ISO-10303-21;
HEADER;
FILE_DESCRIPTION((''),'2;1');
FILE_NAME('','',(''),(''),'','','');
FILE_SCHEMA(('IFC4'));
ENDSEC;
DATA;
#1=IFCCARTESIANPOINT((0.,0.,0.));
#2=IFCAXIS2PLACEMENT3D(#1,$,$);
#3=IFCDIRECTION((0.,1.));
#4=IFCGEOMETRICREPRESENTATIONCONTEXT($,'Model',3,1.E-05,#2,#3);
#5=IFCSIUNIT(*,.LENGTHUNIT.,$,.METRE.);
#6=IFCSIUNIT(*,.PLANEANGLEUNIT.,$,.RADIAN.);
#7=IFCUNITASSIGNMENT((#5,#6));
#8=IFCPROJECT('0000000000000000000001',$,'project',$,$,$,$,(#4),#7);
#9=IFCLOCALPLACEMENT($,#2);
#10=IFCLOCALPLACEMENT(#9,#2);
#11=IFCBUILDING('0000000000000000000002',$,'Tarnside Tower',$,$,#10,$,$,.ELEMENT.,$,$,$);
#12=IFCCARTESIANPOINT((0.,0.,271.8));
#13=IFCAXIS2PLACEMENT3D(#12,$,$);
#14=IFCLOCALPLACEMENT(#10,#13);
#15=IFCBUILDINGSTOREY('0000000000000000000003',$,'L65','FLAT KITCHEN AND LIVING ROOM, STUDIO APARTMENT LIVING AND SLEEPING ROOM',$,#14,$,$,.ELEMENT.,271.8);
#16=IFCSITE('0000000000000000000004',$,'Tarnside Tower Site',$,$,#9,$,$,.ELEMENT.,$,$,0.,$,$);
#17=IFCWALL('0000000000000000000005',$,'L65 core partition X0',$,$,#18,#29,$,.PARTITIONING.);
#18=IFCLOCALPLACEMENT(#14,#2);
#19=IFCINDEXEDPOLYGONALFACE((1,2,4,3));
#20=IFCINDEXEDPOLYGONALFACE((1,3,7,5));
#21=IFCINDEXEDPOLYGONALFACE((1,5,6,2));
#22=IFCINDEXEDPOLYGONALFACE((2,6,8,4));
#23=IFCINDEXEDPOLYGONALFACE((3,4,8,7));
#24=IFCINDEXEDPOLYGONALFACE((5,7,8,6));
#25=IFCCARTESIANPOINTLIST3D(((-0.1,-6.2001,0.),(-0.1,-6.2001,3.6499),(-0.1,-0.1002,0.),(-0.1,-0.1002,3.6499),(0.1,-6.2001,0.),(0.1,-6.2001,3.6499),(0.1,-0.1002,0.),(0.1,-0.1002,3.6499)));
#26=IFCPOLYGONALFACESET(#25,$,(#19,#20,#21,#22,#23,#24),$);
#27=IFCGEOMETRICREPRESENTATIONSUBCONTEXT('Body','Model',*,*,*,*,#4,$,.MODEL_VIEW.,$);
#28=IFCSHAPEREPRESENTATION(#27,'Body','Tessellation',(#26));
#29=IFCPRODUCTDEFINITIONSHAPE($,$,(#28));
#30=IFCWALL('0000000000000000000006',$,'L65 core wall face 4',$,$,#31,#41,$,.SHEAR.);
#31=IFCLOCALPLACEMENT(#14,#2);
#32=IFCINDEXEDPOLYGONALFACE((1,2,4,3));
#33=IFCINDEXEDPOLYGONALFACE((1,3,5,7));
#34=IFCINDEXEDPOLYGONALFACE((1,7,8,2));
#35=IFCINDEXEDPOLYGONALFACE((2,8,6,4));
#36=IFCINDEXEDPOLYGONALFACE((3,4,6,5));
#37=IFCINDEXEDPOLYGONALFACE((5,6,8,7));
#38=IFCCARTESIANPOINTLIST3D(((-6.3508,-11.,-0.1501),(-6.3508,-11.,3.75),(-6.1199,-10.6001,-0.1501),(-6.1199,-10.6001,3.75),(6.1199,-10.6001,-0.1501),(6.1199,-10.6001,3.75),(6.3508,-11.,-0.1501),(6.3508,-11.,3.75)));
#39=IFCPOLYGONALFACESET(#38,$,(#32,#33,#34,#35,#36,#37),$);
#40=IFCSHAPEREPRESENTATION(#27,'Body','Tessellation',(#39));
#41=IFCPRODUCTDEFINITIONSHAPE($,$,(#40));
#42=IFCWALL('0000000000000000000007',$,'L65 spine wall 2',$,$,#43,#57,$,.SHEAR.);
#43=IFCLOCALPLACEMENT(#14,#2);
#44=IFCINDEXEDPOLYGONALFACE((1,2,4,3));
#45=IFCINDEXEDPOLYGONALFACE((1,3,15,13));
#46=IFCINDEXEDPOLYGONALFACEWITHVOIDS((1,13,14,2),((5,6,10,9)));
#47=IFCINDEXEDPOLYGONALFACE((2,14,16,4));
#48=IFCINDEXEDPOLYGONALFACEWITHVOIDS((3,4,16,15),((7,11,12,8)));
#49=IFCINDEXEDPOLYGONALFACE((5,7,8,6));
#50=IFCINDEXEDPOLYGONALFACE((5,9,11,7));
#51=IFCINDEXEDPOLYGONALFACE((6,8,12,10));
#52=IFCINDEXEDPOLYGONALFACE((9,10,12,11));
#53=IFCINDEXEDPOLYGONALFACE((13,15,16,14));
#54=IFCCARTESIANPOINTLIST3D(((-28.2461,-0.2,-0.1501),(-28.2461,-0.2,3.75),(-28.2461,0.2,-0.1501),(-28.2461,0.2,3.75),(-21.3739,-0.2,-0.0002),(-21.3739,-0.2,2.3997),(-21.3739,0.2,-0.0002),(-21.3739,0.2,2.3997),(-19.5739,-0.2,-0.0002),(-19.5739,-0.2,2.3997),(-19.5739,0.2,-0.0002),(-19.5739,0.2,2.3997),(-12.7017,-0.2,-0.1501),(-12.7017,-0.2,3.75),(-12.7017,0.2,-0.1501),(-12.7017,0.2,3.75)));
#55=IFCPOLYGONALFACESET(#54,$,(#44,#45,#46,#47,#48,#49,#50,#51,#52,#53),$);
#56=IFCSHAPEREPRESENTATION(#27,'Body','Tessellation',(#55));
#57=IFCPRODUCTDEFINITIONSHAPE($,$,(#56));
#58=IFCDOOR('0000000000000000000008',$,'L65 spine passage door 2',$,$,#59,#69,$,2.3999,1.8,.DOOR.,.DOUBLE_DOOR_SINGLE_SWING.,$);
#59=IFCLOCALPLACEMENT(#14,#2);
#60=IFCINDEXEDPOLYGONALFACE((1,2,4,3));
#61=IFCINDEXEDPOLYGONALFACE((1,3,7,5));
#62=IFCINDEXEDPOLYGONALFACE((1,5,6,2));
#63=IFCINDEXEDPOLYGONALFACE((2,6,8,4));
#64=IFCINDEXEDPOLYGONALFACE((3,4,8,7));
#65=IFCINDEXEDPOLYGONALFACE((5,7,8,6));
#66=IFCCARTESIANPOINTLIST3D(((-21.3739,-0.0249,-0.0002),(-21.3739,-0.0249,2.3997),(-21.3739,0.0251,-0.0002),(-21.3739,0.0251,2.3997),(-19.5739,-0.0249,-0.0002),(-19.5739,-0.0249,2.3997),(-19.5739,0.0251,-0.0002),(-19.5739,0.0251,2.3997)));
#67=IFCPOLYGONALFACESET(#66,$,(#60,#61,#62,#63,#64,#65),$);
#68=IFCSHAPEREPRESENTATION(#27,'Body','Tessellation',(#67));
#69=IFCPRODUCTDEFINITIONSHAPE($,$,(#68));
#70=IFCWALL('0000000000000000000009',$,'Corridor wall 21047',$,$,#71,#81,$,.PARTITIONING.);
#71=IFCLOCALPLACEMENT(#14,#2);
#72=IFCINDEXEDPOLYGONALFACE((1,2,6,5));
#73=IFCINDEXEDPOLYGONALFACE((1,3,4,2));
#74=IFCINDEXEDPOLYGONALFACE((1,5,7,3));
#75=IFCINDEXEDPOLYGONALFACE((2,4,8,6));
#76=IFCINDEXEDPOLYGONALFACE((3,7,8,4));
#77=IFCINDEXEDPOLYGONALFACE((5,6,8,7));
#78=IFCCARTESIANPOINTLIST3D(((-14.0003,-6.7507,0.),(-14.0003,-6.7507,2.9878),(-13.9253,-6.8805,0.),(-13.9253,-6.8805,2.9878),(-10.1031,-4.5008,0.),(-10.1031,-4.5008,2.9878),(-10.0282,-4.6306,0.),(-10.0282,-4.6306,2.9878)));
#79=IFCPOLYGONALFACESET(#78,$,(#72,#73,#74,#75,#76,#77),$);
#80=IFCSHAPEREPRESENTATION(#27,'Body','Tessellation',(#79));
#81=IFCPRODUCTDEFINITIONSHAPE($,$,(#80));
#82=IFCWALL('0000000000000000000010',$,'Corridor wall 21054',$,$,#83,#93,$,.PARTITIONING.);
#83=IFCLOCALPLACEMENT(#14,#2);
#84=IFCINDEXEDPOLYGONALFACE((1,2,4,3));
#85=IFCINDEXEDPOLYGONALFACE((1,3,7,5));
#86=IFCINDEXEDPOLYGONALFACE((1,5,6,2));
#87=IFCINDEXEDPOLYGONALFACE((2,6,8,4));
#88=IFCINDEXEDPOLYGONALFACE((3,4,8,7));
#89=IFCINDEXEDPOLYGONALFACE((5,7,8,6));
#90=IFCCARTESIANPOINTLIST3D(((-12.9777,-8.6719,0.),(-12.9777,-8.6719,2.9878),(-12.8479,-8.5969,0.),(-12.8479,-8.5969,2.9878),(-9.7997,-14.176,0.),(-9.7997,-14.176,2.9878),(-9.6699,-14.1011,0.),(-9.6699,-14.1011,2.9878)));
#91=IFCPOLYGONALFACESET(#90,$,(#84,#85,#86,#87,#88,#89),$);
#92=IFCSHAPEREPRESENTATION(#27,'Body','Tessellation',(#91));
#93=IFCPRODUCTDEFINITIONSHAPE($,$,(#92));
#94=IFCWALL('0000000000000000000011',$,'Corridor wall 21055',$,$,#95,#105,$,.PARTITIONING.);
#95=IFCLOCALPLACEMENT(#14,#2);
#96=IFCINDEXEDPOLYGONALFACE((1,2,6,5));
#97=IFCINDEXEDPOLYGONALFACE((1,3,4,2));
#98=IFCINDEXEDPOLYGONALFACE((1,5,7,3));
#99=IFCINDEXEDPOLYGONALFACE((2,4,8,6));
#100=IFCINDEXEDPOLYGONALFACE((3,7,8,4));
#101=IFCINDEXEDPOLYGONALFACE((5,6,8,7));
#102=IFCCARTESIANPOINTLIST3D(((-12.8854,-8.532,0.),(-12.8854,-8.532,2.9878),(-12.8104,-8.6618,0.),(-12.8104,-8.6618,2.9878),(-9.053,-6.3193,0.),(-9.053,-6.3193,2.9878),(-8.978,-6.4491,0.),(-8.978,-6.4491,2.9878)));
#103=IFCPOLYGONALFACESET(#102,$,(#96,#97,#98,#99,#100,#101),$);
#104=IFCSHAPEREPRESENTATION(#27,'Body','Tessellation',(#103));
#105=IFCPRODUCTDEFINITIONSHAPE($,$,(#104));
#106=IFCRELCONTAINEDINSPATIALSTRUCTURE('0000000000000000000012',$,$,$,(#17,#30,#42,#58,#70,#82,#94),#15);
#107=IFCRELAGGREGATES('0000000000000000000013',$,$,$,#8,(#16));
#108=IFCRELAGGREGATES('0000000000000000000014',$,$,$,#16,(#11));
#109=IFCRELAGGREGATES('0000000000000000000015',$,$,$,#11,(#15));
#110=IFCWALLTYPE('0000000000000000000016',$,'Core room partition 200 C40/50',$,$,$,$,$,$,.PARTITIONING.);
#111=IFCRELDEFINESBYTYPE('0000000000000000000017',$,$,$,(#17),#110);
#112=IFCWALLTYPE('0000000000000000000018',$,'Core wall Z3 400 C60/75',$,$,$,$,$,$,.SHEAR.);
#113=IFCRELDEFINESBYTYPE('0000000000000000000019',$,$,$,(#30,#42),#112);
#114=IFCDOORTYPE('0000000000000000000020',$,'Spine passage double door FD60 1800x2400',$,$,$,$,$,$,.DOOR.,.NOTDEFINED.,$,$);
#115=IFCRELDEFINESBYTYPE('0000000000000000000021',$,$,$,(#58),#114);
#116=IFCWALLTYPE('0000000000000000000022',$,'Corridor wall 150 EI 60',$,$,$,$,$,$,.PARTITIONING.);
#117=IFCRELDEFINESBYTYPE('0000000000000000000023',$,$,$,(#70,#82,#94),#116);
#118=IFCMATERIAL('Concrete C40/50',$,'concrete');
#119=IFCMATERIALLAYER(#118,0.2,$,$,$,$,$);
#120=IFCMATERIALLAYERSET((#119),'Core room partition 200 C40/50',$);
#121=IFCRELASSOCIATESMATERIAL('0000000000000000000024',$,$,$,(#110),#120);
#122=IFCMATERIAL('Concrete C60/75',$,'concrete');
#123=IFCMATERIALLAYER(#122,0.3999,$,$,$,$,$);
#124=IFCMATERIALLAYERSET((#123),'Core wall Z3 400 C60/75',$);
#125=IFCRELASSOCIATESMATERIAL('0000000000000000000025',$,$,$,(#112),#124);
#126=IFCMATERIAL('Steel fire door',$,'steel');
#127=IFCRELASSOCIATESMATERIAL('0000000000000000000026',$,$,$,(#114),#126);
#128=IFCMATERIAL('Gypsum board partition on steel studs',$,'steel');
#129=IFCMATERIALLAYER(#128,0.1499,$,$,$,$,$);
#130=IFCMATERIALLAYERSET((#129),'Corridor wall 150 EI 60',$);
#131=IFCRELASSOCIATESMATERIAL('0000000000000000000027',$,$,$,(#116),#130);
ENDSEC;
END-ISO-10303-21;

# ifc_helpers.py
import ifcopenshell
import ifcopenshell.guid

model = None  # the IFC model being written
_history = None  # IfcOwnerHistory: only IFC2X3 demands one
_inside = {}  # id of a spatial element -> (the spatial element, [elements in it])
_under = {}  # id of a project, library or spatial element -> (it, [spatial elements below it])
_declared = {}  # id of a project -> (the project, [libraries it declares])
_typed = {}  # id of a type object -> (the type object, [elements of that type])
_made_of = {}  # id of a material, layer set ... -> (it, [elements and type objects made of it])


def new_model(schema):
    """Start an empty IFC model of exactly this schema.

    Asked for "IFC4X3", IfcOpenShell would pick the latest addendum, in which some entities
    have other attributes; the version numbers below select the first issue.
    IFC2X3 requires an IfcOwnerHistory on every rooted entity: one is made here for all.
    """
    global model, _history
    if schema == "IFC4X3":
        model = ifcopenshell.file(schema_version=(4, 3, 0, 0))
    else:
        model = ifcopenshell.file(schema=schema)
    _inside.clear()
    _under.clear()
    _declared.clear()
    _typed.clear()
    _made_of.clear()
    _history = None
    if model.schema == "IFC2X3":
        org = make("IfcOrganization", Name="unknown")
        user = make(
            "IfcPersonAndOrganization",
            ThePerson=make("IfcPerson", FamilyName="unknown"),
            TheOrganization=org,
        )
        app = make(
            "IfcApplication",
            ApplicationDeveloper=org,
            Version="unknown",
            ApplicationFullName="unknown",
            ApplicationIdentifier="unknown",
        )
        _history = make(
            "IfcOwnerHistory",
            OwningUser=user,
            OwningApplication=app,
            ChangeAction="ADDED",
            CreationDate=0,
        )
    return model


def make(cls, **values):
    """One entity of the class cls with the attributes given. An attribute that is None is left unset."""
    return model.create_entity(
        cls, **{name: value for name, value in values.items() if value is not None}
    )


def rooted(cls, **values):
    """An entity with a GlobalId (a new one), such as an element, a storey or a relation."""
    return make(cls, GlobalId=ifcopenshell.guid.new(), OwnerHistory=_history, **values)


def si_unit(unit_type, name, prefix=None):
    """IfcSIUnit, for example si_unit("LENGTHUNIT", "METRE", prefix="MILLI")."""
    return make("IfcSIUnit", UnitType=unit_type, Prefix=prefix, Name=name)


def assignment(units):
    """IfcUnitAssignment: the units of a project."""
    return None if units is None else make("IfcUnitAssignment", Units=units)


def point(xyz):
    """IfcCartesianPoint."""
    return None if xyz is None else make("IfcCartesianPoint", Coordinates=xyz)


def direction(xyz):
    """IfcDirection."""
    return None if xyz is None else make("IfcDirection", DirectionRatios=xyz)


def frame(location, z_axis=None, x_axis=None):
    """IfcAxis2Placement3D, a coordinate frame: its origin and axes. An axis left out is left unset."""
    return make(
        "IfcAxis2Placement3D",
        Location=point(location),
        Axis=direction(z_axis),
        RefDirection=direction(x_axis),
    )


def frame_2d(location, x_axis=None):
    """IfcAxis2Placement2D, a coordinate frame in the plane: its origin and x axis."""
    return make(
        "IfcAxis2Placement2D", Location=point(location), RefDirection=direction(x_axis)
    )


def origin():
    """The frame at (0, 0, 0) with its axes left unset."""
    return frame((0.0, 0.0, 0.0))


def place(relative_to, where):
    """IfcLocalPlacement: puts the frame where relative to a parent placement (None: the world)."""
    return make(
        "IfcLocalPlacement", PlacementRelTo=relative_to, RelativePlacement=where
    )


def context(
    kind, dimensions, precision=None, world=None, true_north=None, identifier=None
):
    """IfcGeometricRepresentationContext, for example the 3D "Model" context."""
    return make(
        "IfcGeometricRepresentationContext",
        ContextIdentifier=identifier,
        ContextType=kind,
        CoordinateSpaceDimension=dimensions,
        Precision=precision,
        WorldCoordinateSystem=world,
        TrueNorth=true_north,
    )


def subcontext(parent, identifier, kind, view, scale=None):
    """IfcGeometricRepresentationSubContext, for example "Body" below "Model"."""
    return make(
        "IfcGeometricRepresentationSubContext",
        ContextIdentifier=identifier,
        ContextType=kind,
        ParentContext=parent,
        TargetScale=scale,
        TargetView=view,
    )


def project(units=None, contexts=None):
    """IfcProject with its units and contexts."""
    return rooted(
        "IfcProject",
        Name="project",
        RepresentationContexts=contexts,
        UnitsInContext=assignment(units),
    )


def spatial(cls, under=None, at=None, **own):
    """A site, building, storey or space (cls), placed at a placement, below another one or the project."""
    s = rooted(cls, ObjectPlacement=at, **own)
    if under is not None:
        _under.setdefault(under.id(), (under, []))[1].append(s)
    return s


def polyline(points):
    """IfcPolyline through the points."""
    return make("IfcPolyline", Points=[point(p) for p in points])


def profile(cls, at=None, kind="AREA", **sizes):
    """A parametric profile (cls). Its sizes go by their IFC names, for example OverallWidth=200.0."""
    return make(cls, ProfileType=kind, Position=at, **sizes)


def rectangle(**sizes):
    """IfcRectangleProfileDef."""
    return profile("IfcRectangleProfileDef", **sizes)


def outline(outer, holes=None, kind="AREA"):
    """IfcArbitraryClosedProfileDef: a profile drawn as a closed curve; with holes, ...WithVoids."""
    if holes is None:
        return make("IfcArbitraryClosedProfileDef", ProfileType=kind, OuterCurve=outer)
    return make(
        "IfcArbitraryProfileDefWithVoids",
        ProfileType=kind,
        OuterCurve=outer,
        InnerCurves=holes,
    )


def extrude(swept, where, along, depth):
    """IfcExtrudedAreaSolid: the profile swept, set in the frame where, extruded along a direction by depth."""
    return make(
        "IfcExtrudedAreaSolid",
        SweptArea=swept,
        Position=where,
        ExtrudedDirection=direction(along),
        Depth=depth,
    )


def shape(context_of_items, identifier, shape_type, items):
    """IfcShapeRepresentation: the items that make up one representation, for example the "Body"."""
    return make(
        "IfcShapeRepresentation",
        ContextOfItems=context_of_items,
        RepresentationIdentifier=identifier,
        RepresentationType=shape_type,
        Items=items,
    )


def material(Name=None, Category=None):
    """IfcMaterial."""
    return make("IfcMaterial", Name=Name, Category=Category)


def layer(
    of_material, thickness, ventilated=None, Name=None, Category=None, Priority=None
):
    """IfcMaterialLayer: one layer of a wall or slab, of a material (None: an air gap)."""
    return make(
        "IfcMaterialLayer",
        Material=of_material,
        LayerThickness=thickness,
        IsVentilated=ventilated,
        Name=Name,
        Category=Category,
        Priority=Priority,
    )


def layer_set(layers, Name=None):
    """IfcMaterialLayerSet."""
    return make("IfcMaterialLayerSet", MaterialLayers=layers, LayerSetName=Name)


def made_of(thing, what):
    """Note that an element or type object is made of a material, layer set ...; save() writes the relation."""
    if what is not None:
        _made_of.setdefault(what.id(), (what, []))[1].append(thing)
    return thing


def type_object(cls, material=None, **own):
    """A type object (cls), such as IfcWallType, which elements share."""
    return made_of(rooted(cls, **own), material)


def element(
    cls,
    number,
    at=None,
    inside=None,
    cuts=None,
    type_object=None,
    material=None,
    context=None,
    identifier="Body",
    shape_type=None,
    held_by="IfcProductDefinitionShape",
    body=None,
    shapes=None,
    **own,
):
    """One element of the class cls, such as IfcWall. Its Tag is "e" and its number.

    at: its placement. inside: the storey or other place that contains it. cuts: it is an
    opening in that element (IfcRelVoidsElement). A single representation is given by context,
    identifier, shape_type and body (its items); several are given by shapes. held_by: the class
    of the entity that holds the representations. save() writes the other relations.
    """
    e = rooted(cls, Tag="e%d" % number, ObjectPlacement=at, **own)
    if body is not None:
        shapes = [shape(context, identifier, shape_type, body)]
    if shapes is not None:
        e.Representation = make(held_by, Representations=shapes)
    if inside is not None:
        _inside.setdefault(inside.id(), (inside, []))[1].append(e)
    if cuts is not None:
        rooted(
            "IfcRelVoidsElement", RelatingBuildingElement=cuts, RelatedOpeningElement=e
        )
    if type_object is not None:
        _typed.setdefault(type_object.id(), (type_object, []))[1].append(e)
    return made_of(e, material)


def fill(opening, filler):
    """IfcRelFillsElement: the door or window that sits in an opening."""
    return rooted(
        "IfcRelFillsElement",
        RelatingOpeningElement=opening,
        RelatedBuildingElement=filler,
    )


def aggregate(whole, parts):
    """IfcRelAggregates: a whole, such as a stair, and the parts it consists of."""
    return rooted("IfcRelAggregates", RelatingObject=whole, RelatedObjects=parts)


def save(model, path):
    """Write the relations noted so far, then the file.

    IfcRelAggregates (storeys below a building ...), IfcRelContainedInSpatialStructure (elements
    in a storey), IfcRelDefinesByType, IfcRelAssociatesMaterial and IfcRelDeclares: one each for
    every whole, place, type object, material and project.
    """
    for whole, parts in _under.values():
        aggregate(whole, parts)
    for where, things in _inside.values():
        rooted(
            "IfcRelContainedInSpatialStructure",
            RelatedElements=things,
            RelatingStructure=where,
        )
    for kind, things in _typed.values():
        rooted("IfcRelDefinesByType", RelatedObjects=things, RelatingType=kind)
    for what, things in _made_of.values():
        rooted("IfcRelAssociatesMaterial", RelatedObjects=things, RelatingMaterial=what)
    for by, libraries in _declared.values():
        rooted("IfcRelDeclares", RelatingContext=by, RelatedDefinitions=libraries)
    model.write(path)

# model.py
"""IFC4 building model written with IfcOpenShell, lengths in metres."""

from ifc_helpers import new_model, si_unit, direction, frame, frame_2d, origin, place, context, subcontext, project, spatial, polyline, rectangle, outline, extrude, material, layer, layer_set, type_object, element, fill, save


model = new_model("IFC4")

# Units and contexts
model_context = context("Model", 3, precision=1e-05, world=origin(), true_north=direction((0.0, 1.0)))
body_context = subcontext(model_context, "Body", "Model", "MODEL_VIEW")
ifc_project = project(units=[si_unit("LENGTHUNIT", "METRE"), si_unit("PLANEANGLEUNIT", "RADIAN")], contexts=[model_context])

# Site, building, storey
site_placement = place(None, origin())
site = spatial("IfcSite", under=ifc_project, at=site_placement, Name="Tarnside Tower Site", CompositionType="ELEMENT", RefElevation=0.0)
building_placement = place(site_placement, origin())
building = spatial("IfcBuilding", under=site, at=building_placement, Name="Tarnside Tower", CompositionType="ELEMENT")
storey_placement = place(building_placement, frame((0.0, 0.0, 271.8)))
storey = spatial("IfcBuildingStorey", under=building, at=storey_placement, Name="L65", Description="FLAT KITCHEN AND LIVING ROOM, STUDIO APARTMENT LIVING AND SLEEPING ROOM", CompositionType="ELEMENT", Elevation=271.8)

# Walls
ifc_material_1 = material(Name="Concrete C40/50", Category="concrete")
ifc_layer_1 = layer(ifc_material_1, 0.2)
ifc_layer_set_1 = layer_set([ifc_layer_1], Name="Core room partition 200 C40/50")
wall_type_1 = type_object("IfcWallType", Name="Core room partition 200 C40/50", PredefinedType="PARTITIONING", material=ifc_layer_set_1)
wall_1_placement = place(storey_placement, frame((0.0, -6.2, 0.0), z_axis=(0.0, 0.0, 1.0), x_axis=(0.0, 1.0, 0.0)))
element("IfcWall", 1, at=wall_1_placement, inside=storey, type_object=wall_type_1, Name="L65 core partition X0", PredefinedType="PARTITIONING", context=body_context, shape_type="SweptSolid", body=[
    extrude(rectangle(XDim=6.0999, YDim=0.2, at=frame_2d((3.0498, 0.0))), origin(), (0.0, 0.0, 1.0), 3.6499),
])
ifc_material_2 = material(Name="Concrete C60/75", Category="concrete")
ifc_layer_2 = layer(ifc_material_2, 0.3999)
ifc_layer_set_2 = layer_set([ifc_layer_2], Name="Core wall Z3 400 C60/75")
wall_type_2 = type_object("IfcWallType", Name="Core wall Z3 400 C60/75", PredefinedType="SHEAR", material=ifc_layer_set_2)
wall_2_placement = place(storey_placement, frame((-6.2354, -10.8, -0.1501), z_axis=(0.0, 0.0, 1.0), x_axis=(1.0, 0.0, 0.0)))
element("IfcWall", 2, at=wall_2_placement, inside=storey, type_object=wall_type_2, Name="L65 core wall face 4", PredefinedType="SHEAR", context=body_context, shape_type="SweptSolid", body=[
    extrude(outline(polyline([(-0.1155, -0.2), (12.5862, -0.2), (12.3552, 0.2), (0.1155, 0.2), (-0.1155, -0.2)])), origin(), (0.0, 0.0, 1.0), 3.9001),
])

# Wall, opening, door
wall_3_placement = place(storey_placement, frame((-12.7017, 0.0, -0.1501), z_axis=(0.0, 0.0, 1.0), x_axis=(-1.0, 0.0, 0.0)))
wall_3 = element("IfcWall", 3, at=wall_3_placement, inside=storey, type_object=wall_type_2, Name="L65 spine wall 2", PredefinedType="SHEAR", context=body_context, shape_type="SweptSolid", body=[
    extrude(rectangle(XDim=15.5444, YDim=0.3999, at=frame_2d((7.7722, 0.0))), origin(), (0.0, 0.0, 1.0), 3.9001),
])
opening_1_placement = place(wall_3_placement, frame((6.8723, 0.0, 0.1499)))
opening_1 = element("IfcOpeningElement", 4, at=opening_1_placement, cuts=wall_3, PredefinedType="OPENING", context=body_context, shape_type="SweptSolid", body=[
    extrude(rectangle(XDim=1.8, YDim=2.3999, at=frame_2d((0.8999, 1.2))), frame((0.0, 0.21, 0.0), z_axis=(0.0, -1.0, 0.0), x_axis=(1.0, 0.0, 0.0)), (0.0, 0.0, 1.0), 0.4199),
])
ifc_material_3 = material(Name="Steel fire door", Category="steel")
door_type_1 = type_object("IfcDoorType", Name="Spine passage double door FD60 1800x2400", OperationType="NOTDEFINED", PredefinedType="DOOR", material=ifc_material_3)
door_1_placement = place(opening_1_placement, origin())
door_1 = element("IfcDoor", 5, at=door_1_placement, inside=storey, type_object=door_type_1, Name="L65 spine passage door 2", OperationType="DOUBLE_DOOR_SINGLE_SWING", OverallHeight=2.3999, OverallWidth=1.8, PredefinedType="DOOR", context=body_context, shape_type="SweptSolid", body=[
    extrude(rectangle(XDim=1.8, YDim=2.3999, at=frame_2d((0.8999, 1.2))), frame((0.0, 0.0249, 0.0), z_axis=(0.0, -1.0, 0.0), x_axis=(1.0, 0.0, 0.0)), (0.0, 0.0, 1.0), 0.05),
])
fill(opening_1, door_1)

# Walls
ifc_material_4 = material(Name="Gypsum board partition on steel studs", Category="steel")
ifc_layer_3 = layer(ifc_material_4, 0.1499)
ifc_layer_set_3 = layer_set([ifc_layer_3], Name="Corridor wall 150 EI 60")
wall_type_3 = type_object("IfcWallType", Name="Corridor wall 150 EI 60", PredefinedType="PARTITIONING", material=ifc_layer_set_3)
wall_4_placement = place(storey_placement, frame((-10.0657, -4.5657, 0.0), z_axis=(0.0, 0.0, 1.0), x_axis=(-0.866031, -0.49999, 0.0)))
element("IfcWall", 6, at=wall_4_placement, inside=storey, type_object=wall_type_3, Name="Corridor wall 21047", PredefinedType="PARTITIONING", context=body_context, shape_type="SweptSolid", body=[
    extrude(rectangle(XDim=4.5, YDim=0.1499, at=frame_2d((2.25, 0.0))), origin(), (0.0, 0.0, 1.0), 2.9878),
])
wall_5_placement = place(storey_placement, frame((-9.7349, -14.1384, 0.0), z_axis=(0.0, 0.0, 1.0), x_axis=(-0.500018, 0.866015, 0.0)))
element("IfcWall", 7, at=wall_5_placement, inside=storey, type_object=wall_type_3, Name="Corridor wall 21054", PredefinedType="PARTITIONING", context=body_context, shape_type="SweptSolid", body=[
    extrude(rectangle(XDim=6.3557, YDim=0.1499, at=frame_2d((3.1777, 0.0))), origin(), (0.0, 0.0, 1.0), 2.9878),
])
wall_6_placement = place(storey_placement, frame((-12.8479, -8.5969, 0.0), z_axis=(0.0, 0.0, 1.0), x_axis=(0.866017, 0.500014, 0.0)))
element("IfcWall", 8, at=wall_6_placement, inside=storey, type_object=wall_type_3, Name="Corridor wall 21055", PredefinedType="PARTITIONING", context=body_context, shape_type="SweptSolid", body=[
    extrude(rectangle(XDim=4.4253, YDim=0.1499, at=frame_2d((2.2126, 0.0))), origin(), (0.0, 0.0, 1.0), 2.9878),
])

save(model, "model.ifc")
